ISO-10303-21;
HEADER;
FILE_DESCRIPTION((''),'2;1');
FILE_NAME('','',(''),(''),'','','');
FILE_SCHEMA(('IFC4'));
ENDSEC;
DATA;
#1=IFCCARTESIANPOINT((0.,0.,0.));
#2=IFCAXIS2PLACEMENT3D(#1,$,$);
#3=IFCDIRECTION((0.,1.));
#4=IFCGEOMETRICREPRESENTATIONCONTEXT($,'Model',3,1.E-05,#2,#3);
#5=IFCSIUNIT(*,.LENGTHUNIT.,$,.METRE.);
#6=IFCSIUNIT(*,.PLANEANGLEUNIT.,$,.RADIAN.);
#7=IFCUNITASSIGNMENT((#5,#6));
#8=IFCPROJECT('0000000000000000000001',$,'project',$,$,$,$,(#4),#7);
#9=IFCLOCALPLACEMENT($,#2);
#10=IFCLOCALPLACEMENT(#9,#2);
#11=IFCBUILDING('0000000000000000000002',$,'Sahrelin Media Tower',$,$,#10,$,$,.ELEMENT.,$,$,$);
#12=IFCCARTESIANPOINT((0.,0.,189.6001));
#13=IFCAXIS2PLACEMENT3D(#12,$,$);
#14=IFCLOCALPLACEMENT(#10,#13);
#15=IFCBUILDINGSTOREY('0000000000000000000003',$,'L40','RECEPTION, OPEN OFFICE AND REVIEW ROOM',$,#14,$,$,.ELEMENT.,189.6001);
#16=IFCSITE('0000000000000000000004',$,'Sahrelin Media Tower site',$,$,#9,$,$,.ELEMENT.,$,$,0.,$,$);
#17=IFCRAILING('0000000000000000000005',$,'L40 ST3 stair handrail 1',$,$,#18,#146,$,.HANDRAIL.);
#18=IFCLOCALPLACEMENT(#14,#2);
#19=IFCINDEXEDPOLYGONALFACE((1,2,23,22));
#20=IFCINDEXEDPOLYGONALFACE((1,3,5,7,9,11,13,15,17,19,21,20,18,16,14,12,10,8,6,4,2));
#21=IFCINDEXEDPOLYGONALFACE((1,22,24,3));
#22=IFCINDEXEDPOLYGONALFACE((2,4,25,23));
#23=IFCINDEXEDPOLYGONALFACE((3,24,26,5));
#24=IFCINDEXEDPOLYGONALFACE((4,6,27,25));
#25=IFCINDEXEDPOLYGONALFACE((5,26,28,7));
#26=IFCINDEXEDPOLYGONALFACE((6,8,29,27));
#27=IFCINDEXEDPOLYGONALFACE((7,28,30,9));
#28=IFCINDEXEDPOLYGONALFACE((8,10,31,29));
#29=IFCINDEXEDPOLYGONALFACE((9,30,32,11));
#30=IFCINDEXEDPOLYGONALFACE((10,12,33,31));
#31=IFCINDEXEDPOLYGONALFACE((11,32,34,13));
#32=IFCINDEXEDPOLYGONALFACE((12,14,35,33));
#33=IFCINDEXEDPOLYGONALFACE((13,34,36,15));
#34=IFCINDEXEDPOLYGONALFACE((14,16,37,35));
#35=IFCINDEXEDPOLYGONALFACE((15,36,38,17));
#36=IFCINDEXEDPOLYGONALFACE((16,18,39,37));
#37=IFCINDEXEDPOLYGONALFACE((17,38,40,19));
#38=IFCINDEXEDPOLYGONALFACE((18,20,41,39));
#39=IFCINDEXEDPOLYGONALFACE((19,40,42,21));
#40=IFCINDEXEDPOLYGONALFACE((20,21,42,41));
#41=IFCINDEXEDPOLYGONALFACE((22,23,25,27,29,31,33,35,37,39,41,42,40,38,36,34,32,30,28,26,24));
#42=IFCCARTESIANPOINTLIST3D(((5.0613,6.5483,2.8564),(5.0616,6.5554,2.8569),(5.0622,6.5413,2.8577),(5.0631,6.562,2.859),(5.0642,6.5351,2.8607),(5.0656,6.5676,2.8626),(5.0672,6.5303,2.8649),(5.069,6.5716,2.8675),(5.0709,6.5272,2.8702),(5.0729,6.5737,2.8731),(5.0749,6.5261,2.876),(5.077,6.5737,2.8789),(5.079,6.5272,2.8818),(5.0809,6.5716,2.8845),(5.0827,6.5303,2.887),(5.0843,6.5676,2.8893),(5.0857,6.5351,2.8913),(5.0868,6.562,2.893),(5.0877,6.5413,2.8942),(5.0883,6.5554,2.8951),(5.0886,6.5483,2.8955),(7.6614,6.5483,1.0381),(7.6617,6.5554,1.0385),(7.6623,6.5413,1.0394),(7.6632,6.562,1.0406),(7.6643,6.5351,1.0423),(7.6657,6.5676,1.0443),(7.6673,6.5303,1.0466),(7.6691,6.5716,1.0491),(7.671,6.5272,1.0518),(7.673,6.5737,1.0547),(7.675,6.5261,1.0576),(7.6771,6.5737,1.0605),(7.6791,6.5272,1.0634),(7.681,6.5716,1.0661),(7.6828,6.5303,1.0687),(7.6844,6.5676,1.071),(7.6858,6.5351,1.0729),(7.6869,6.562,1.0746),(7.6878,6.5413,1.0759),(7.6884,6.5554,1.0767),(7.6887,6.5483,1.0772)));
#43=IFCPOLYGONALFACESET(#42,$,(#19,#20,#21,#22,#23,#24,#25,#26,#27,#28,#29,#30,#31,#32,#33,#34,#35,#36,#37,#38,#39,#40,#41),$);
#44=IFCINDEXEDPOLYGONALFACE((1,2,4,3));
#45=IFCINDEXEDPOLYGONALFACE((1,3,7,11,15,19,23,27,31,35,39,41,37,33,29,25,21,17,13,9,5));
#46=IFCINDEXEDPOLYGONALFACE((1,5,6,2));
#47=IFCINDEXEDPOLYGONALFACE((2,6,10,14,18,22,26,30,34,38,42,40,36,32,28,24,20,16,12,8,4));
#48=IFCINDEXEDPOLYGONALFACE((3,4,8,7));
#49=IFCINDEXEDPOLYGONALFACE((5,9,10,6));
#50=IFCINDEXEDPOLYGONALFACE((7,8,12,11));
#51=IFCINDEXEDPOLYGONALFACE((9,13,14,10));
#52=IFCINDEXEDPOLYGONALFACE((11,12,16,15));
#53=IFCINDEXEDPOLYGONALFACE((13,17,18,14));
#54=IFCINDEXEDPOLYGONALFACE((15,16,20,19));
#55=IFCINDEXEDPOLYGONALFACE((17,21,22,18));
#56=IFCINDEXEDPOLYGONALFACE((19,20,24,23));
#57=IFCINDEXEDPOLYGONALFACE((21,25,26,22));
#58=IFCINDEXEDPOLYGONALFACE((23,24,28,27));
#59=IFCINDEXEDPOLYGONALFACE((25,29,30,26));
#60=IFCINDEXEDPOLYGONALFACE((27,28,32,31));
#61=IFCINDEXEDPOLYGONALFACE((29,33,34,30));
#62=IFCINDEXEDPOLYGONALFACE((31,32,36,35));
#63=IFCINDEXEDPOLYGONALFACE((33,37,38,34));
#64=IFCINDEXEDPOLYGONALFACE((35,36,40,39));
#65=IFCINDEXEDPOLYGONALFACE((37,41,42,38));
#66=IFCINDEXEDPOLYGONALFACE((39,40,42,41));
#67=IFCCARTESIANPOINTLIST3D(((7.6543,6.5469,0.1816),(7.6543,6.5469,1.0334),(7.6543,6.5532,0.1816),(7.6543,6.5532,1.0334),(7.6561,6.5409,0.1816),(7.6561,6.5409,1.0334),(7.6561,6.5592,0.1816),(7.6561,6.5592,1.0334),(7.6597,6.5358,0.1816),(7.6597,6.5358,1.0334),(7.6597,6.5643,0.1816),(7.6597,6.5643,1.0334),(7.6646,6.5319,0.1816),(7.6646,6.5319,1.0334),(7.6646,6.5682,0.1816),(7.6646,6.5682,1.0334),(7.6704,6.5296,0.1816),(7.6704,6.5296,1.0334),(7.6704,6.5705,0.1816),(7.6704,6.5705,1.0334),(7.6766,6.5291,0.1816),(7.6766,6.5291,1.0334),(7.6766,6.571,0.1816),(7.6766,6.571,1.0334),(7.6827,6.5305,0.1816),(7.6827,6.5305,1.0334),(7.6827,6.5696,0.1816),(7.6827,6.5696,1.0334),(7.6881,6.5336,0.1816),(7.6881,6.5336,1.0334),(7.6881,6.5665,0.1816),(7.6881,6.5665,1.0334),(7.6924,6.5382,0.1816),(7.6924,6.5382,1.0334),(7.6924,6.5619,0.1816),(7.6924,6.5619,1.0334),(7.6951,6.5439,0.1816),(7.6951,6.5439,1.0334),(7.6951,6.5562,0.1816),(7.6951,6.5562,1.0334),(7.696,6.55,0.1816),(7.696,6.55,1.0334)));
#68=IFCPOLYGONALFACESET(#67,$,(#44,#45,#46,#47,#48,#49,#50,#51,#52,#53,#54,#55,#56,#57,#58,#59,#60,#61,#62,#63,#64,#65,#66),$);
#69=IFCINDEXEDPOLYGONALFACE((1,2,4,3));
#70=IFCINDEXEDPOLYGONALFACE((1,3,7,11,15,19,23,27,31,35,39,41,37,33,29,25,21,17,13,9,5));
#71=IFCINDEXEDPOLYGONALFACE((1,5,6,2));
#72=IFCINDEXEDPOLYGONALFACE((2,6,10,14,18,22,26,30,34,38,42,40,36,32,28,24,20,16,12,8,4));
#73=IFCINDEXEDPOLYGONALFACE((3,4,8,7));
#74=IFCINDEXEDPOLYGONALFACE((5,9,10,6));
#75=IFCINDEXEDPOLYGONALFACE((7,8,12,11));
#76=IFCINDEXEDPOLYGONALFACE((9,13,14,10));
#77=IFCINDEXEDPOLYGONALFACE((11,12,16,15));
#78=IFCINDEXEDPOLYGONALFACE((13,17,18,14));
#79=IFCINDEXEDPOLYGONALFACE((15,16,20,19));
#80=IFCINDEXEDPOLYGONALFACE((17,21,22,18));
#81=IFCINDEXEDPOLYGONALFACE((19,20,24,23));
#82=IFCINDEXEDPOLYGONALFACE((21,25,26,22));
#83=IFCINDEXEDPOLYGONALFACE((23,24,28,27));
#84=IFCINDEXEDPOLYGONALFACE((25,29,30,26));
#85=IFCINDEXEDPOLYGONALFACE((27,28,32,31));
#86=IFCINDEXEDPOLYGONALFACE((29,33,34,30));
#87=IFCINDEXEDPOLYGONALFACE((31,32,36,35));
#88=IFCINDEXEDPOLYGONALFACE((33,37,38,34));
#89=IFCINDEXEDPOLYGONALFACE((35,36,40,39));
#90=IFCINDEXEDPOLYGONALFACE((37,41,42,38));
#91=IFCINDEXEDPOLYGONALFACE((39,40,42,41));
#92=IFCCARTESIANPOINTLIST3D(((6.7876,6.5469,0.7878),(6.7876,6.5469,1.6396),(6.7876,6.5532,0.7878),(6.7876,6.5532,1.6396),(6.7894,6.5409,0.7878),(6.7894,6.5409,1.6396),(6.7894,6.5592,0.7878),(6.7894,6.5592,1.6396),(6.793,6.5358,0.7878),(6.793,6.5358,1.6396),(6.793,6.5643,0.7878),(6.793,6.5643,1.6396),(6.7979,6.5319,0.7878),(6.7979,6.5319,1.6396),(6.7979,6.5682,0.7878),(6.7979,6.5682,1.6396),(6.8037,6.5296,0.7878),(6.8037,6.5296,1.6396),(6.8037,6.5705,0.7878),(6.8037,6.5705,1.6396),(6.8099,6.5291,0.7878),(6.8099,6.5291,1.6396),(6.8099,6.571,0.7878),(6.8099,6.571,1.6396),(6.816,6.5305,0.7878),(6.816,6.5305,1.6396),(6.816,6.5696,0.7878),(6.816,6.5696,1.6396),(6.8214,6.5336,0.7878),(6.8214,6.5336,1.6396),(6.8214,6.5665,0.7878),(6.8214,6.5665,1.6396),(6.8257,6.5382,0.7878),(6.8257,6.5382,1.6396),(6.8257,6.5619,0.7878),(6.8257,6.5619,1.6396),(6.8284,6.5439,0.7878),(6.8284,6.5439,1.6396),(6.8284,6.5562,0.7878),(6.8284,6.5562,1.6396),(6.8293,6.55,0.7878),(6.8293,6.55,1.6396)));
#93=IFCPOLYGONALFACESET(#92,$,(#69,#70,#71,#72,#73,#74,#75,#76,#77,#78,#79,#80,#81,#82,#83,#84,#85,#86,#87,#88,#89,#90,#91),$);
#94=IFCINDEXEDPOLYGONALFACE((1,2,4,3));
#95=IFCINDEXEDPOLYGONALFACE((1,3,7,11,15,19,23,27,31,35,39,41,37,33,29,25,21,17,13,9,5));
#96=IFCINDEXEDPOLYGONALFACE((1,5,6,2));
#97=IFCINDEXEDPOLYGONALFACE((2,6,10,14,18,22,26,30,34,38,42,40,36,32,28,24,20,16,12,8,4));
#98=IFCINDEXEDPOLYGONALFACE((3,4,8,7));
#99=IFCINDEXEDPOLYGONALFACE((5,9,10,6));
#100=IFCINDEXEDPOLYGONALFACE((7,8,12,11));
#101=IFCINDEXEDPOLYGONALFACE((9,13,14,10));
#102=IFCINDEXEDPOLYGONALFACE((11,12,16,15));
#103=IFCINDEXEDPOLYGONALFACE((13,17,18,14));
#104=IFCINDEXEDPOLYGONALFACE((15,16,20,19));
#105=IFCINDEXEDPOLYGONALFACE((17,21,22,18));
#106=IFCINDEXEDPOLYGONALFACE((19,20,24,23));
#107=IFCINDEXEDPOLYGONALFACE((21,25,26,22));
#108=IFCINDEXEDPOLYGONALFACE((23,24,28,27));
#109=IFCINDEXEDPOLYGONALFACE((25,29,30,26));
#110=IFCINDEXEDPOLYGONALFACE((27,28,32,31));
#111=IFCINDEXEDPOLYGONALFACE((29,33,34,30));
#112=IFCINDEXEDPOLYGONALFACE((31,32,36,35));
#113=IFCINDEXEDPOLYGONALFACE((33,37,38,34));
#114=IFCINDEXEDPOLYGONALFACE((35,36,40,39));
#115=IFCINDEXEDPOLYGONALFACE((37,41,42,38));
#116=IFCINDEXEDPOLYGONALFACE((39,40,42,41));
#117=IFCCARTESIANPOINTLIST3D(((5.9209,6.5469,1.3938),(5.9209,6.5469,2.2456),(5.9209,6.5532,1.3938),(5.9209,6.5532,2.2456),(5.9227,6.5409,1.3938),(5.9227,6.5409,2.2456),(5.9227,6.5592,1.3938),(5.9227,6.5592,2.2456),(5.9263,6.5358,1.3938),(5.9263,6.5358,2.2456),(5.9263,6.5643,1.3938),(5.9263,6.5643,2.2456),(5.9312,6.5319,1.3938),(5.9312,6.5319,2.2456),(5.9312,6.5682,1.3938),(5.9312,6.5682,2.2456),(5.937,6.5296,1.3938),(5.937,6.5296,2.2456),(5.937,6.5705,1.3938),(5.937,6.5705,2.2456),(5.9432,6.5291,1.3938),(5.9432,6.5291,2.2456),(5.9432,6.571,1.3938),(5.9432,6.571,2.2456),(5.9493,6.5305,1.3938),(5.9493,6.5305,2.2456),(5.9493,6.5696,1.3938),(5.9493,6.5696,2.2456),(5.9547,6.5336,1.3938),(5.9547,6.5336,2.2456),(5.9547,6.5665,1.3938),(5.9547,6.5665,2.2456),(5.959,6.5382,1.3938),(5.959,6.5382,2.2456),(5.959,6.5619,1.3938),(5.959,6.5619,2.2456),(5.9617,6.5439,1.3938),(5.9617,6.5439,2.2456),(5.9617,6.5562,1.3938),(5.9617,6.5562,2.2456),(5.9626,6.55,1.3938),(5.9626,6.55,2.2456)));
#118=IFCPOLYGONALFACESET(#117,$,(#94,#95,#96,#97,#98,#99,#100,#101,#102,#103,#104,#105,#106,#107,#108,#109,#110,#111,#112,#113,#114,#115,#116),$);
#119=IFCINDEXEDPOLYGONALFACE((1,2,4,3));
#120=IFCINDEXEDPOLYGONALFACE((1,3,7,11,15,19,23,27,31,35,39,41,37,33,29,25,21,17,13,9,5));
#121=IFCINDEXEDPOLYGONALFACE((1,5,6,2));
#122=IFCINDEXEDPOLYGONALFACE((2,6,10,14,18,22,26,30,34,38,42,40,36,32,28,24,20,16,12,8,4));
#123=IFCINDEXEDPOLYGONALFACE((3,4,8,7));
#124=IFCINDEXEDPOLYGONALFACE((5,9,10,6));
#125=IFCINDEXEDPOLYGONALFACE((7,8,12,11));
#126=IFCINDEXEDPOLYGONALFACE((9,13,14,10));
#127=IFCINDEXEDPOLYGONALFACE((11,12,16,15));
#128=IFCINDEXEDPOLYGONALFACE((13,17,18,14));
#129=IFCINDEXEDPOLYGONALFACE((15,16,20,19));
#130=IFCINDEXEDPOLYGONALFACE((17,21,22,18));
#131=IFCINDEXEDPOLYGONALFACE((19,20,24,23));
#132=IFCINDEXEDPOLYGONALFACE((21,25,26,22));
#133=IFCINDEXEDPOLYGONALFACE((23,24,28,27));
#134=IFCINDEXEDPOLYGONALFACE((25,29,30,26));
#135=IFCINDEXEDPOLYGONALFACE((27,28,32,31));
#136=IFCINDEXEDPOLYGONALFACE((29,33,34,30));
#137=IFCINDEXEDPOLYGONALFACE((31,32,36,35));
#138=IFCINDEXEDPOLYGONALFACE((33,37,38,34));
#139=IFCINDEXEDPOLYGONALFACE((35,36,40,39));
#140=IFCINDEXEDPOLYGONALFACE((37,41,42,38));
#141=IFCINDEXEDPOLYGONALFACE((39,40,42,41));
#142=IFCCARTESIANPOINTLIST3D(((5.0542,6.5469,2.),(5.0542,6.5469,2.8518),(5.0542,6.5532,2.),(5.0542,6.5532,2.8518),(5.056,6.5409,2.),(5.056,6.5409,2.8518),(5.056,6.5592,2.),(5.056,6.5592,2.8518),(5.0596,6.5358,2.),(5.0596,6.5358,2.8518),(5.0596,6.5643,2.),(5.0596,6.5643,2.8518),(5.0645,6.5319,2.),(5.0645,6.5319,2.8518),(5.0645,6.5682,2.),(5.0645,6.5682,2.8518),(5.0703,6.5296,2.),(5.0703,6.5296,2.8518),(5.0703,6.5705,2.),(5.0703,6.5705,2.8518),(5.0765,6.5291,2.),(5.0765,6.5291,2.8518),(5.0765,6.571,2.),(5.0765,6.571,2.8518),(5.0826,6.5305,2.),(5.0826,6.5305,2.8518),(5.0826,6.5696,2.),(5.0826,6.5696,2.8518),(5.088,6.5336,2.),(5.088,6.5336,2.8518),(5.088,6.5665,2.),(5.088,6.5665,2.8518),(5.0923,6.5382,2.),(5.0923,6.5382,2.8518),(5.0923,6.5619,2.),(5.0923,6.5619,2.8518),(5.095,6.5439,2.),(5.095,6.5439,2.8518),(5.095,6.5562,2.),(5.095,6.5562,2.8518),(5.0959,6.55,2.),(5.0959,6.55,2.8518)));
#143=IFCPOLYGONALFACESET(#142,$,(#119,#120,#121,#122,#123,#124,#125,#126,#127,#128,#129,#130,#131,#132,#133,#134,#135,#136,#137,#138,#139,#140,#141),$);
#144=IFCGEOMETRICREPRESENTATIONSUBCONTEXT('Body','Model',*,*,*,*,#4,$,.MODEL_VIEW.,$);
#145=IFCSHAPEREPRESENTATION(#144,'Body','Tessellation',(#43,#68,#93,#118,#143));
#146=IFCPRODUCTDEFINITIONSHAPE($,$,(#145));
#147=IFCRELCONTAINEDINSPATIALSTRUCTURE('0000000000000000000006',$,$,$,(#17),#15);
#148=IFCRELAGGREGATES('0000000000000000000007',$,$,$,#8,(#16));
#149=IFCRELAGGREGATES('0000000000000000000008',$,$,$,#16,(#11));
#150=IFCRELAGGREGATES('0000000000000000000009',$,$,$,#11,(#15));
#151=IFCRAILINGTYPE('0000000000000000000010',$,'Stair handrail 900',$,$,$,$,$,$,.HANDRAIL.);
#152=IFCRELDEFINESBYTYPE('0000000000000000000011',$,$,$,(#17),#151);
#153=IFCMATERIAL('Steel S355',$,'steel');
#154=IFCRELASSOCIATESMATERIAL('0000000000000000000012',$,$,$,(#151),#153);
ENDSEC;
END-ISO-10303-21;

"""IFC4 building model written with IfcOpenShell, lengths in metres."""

from ifc_helpers import new_model, si_unit, direction, frame, origin, origin_2d, place, context, subcontext, project, spatial, circle, extrude, material, type_object, element, save


model = new_model("IFC4")

# Units and contexts
model_context = context("Model", 3, precision=1e-05, world=origin(), true_north=direction((0.0, 1.0)))
body_context = subcontext(model_context, "Body", "Model", "MODEL_VIEW")
ifc_project = project(units=[si_unit("LENGTHUNIT", "METRE"), si_unit("PLANEANGLEUNIT", "RADIAN")], contexts=[model_context])

# Site, building, storey
site_placement = place(None, origin())
site = spatial("IfcSite", under=ifc_project, at=site_placement, Name="Sahrelin Media Tower site", CompositionType="ELEMENT", RefElevation=0.0)
building_placement = place(site_placement, origin())
building = spatial("IfcBuilding", under=site, at=building_placement, Name="Sahrelin Media Tower", CompositionType="ELEMENT")
storey_placement = place(building_placement, frame((0.0, 0.0, 189.6001)))
storey = spatial("IfcBuildingStorey", under=building, at=storey_placement, Name="L40", Description="RECEPTION, OPEN OFFICE AND REVIEW ROOM", CompositionType="ELEMENT", Elevation=189.6001)

# Shared definitions
ifc_material_1 = material(Name="Steel S355", Category="steel")

# Railing
railing_type_1 = type_object("IfcRailingType", Name="Stair handrail 900", PredefinedType="HANDRAIL", material=ifc_material_1)
railing_1_placement = place(storey_placement, frame((7.675, 6.55, 0.1816)))
element("IfcRailing", 1, at=railing_1_placement, inside=storey, type_object=railing_type_1, Name="L40 ST3 stair handrail 1", PredefinedType="HANDRAIL", context=body_context, shape_type="SweptSolid", body=[
    extrude(circle(Radius=0.0239, at=origin_2d()), frame((0.0, 0.0, 0.876), z_axis=(-0.819485, 0.0, 0.573101), x_axis=(0.0, -1.0, 0.0)), (0.0, 0.0, 1.0), 3.1729),
    extrude(circle(Radius=0.021, at=origin_2d()), origin(), (0.0, 0.0, 1.0), 0.8518),
    extrude(circle(Radius=0.021, at=origin_2d()), frame((-0.8667, 0.0, 0.6062)), (0.0, 0.0, 1.0), 0.8518),
    extrude(circle(Radius=0.021, at=origin_2d()), frame((-1.7334, 0.0, 1.2122)), (0.0, 0.0, 1.0), 0.8518),
    extrude(circle(Radius=0.021, at=origin_2d()), frame((-2.6001, 0.0, 1.8184)), (0.0, 0.0, 1.0), 0.8518),
])

save(model, "model.ifc")
